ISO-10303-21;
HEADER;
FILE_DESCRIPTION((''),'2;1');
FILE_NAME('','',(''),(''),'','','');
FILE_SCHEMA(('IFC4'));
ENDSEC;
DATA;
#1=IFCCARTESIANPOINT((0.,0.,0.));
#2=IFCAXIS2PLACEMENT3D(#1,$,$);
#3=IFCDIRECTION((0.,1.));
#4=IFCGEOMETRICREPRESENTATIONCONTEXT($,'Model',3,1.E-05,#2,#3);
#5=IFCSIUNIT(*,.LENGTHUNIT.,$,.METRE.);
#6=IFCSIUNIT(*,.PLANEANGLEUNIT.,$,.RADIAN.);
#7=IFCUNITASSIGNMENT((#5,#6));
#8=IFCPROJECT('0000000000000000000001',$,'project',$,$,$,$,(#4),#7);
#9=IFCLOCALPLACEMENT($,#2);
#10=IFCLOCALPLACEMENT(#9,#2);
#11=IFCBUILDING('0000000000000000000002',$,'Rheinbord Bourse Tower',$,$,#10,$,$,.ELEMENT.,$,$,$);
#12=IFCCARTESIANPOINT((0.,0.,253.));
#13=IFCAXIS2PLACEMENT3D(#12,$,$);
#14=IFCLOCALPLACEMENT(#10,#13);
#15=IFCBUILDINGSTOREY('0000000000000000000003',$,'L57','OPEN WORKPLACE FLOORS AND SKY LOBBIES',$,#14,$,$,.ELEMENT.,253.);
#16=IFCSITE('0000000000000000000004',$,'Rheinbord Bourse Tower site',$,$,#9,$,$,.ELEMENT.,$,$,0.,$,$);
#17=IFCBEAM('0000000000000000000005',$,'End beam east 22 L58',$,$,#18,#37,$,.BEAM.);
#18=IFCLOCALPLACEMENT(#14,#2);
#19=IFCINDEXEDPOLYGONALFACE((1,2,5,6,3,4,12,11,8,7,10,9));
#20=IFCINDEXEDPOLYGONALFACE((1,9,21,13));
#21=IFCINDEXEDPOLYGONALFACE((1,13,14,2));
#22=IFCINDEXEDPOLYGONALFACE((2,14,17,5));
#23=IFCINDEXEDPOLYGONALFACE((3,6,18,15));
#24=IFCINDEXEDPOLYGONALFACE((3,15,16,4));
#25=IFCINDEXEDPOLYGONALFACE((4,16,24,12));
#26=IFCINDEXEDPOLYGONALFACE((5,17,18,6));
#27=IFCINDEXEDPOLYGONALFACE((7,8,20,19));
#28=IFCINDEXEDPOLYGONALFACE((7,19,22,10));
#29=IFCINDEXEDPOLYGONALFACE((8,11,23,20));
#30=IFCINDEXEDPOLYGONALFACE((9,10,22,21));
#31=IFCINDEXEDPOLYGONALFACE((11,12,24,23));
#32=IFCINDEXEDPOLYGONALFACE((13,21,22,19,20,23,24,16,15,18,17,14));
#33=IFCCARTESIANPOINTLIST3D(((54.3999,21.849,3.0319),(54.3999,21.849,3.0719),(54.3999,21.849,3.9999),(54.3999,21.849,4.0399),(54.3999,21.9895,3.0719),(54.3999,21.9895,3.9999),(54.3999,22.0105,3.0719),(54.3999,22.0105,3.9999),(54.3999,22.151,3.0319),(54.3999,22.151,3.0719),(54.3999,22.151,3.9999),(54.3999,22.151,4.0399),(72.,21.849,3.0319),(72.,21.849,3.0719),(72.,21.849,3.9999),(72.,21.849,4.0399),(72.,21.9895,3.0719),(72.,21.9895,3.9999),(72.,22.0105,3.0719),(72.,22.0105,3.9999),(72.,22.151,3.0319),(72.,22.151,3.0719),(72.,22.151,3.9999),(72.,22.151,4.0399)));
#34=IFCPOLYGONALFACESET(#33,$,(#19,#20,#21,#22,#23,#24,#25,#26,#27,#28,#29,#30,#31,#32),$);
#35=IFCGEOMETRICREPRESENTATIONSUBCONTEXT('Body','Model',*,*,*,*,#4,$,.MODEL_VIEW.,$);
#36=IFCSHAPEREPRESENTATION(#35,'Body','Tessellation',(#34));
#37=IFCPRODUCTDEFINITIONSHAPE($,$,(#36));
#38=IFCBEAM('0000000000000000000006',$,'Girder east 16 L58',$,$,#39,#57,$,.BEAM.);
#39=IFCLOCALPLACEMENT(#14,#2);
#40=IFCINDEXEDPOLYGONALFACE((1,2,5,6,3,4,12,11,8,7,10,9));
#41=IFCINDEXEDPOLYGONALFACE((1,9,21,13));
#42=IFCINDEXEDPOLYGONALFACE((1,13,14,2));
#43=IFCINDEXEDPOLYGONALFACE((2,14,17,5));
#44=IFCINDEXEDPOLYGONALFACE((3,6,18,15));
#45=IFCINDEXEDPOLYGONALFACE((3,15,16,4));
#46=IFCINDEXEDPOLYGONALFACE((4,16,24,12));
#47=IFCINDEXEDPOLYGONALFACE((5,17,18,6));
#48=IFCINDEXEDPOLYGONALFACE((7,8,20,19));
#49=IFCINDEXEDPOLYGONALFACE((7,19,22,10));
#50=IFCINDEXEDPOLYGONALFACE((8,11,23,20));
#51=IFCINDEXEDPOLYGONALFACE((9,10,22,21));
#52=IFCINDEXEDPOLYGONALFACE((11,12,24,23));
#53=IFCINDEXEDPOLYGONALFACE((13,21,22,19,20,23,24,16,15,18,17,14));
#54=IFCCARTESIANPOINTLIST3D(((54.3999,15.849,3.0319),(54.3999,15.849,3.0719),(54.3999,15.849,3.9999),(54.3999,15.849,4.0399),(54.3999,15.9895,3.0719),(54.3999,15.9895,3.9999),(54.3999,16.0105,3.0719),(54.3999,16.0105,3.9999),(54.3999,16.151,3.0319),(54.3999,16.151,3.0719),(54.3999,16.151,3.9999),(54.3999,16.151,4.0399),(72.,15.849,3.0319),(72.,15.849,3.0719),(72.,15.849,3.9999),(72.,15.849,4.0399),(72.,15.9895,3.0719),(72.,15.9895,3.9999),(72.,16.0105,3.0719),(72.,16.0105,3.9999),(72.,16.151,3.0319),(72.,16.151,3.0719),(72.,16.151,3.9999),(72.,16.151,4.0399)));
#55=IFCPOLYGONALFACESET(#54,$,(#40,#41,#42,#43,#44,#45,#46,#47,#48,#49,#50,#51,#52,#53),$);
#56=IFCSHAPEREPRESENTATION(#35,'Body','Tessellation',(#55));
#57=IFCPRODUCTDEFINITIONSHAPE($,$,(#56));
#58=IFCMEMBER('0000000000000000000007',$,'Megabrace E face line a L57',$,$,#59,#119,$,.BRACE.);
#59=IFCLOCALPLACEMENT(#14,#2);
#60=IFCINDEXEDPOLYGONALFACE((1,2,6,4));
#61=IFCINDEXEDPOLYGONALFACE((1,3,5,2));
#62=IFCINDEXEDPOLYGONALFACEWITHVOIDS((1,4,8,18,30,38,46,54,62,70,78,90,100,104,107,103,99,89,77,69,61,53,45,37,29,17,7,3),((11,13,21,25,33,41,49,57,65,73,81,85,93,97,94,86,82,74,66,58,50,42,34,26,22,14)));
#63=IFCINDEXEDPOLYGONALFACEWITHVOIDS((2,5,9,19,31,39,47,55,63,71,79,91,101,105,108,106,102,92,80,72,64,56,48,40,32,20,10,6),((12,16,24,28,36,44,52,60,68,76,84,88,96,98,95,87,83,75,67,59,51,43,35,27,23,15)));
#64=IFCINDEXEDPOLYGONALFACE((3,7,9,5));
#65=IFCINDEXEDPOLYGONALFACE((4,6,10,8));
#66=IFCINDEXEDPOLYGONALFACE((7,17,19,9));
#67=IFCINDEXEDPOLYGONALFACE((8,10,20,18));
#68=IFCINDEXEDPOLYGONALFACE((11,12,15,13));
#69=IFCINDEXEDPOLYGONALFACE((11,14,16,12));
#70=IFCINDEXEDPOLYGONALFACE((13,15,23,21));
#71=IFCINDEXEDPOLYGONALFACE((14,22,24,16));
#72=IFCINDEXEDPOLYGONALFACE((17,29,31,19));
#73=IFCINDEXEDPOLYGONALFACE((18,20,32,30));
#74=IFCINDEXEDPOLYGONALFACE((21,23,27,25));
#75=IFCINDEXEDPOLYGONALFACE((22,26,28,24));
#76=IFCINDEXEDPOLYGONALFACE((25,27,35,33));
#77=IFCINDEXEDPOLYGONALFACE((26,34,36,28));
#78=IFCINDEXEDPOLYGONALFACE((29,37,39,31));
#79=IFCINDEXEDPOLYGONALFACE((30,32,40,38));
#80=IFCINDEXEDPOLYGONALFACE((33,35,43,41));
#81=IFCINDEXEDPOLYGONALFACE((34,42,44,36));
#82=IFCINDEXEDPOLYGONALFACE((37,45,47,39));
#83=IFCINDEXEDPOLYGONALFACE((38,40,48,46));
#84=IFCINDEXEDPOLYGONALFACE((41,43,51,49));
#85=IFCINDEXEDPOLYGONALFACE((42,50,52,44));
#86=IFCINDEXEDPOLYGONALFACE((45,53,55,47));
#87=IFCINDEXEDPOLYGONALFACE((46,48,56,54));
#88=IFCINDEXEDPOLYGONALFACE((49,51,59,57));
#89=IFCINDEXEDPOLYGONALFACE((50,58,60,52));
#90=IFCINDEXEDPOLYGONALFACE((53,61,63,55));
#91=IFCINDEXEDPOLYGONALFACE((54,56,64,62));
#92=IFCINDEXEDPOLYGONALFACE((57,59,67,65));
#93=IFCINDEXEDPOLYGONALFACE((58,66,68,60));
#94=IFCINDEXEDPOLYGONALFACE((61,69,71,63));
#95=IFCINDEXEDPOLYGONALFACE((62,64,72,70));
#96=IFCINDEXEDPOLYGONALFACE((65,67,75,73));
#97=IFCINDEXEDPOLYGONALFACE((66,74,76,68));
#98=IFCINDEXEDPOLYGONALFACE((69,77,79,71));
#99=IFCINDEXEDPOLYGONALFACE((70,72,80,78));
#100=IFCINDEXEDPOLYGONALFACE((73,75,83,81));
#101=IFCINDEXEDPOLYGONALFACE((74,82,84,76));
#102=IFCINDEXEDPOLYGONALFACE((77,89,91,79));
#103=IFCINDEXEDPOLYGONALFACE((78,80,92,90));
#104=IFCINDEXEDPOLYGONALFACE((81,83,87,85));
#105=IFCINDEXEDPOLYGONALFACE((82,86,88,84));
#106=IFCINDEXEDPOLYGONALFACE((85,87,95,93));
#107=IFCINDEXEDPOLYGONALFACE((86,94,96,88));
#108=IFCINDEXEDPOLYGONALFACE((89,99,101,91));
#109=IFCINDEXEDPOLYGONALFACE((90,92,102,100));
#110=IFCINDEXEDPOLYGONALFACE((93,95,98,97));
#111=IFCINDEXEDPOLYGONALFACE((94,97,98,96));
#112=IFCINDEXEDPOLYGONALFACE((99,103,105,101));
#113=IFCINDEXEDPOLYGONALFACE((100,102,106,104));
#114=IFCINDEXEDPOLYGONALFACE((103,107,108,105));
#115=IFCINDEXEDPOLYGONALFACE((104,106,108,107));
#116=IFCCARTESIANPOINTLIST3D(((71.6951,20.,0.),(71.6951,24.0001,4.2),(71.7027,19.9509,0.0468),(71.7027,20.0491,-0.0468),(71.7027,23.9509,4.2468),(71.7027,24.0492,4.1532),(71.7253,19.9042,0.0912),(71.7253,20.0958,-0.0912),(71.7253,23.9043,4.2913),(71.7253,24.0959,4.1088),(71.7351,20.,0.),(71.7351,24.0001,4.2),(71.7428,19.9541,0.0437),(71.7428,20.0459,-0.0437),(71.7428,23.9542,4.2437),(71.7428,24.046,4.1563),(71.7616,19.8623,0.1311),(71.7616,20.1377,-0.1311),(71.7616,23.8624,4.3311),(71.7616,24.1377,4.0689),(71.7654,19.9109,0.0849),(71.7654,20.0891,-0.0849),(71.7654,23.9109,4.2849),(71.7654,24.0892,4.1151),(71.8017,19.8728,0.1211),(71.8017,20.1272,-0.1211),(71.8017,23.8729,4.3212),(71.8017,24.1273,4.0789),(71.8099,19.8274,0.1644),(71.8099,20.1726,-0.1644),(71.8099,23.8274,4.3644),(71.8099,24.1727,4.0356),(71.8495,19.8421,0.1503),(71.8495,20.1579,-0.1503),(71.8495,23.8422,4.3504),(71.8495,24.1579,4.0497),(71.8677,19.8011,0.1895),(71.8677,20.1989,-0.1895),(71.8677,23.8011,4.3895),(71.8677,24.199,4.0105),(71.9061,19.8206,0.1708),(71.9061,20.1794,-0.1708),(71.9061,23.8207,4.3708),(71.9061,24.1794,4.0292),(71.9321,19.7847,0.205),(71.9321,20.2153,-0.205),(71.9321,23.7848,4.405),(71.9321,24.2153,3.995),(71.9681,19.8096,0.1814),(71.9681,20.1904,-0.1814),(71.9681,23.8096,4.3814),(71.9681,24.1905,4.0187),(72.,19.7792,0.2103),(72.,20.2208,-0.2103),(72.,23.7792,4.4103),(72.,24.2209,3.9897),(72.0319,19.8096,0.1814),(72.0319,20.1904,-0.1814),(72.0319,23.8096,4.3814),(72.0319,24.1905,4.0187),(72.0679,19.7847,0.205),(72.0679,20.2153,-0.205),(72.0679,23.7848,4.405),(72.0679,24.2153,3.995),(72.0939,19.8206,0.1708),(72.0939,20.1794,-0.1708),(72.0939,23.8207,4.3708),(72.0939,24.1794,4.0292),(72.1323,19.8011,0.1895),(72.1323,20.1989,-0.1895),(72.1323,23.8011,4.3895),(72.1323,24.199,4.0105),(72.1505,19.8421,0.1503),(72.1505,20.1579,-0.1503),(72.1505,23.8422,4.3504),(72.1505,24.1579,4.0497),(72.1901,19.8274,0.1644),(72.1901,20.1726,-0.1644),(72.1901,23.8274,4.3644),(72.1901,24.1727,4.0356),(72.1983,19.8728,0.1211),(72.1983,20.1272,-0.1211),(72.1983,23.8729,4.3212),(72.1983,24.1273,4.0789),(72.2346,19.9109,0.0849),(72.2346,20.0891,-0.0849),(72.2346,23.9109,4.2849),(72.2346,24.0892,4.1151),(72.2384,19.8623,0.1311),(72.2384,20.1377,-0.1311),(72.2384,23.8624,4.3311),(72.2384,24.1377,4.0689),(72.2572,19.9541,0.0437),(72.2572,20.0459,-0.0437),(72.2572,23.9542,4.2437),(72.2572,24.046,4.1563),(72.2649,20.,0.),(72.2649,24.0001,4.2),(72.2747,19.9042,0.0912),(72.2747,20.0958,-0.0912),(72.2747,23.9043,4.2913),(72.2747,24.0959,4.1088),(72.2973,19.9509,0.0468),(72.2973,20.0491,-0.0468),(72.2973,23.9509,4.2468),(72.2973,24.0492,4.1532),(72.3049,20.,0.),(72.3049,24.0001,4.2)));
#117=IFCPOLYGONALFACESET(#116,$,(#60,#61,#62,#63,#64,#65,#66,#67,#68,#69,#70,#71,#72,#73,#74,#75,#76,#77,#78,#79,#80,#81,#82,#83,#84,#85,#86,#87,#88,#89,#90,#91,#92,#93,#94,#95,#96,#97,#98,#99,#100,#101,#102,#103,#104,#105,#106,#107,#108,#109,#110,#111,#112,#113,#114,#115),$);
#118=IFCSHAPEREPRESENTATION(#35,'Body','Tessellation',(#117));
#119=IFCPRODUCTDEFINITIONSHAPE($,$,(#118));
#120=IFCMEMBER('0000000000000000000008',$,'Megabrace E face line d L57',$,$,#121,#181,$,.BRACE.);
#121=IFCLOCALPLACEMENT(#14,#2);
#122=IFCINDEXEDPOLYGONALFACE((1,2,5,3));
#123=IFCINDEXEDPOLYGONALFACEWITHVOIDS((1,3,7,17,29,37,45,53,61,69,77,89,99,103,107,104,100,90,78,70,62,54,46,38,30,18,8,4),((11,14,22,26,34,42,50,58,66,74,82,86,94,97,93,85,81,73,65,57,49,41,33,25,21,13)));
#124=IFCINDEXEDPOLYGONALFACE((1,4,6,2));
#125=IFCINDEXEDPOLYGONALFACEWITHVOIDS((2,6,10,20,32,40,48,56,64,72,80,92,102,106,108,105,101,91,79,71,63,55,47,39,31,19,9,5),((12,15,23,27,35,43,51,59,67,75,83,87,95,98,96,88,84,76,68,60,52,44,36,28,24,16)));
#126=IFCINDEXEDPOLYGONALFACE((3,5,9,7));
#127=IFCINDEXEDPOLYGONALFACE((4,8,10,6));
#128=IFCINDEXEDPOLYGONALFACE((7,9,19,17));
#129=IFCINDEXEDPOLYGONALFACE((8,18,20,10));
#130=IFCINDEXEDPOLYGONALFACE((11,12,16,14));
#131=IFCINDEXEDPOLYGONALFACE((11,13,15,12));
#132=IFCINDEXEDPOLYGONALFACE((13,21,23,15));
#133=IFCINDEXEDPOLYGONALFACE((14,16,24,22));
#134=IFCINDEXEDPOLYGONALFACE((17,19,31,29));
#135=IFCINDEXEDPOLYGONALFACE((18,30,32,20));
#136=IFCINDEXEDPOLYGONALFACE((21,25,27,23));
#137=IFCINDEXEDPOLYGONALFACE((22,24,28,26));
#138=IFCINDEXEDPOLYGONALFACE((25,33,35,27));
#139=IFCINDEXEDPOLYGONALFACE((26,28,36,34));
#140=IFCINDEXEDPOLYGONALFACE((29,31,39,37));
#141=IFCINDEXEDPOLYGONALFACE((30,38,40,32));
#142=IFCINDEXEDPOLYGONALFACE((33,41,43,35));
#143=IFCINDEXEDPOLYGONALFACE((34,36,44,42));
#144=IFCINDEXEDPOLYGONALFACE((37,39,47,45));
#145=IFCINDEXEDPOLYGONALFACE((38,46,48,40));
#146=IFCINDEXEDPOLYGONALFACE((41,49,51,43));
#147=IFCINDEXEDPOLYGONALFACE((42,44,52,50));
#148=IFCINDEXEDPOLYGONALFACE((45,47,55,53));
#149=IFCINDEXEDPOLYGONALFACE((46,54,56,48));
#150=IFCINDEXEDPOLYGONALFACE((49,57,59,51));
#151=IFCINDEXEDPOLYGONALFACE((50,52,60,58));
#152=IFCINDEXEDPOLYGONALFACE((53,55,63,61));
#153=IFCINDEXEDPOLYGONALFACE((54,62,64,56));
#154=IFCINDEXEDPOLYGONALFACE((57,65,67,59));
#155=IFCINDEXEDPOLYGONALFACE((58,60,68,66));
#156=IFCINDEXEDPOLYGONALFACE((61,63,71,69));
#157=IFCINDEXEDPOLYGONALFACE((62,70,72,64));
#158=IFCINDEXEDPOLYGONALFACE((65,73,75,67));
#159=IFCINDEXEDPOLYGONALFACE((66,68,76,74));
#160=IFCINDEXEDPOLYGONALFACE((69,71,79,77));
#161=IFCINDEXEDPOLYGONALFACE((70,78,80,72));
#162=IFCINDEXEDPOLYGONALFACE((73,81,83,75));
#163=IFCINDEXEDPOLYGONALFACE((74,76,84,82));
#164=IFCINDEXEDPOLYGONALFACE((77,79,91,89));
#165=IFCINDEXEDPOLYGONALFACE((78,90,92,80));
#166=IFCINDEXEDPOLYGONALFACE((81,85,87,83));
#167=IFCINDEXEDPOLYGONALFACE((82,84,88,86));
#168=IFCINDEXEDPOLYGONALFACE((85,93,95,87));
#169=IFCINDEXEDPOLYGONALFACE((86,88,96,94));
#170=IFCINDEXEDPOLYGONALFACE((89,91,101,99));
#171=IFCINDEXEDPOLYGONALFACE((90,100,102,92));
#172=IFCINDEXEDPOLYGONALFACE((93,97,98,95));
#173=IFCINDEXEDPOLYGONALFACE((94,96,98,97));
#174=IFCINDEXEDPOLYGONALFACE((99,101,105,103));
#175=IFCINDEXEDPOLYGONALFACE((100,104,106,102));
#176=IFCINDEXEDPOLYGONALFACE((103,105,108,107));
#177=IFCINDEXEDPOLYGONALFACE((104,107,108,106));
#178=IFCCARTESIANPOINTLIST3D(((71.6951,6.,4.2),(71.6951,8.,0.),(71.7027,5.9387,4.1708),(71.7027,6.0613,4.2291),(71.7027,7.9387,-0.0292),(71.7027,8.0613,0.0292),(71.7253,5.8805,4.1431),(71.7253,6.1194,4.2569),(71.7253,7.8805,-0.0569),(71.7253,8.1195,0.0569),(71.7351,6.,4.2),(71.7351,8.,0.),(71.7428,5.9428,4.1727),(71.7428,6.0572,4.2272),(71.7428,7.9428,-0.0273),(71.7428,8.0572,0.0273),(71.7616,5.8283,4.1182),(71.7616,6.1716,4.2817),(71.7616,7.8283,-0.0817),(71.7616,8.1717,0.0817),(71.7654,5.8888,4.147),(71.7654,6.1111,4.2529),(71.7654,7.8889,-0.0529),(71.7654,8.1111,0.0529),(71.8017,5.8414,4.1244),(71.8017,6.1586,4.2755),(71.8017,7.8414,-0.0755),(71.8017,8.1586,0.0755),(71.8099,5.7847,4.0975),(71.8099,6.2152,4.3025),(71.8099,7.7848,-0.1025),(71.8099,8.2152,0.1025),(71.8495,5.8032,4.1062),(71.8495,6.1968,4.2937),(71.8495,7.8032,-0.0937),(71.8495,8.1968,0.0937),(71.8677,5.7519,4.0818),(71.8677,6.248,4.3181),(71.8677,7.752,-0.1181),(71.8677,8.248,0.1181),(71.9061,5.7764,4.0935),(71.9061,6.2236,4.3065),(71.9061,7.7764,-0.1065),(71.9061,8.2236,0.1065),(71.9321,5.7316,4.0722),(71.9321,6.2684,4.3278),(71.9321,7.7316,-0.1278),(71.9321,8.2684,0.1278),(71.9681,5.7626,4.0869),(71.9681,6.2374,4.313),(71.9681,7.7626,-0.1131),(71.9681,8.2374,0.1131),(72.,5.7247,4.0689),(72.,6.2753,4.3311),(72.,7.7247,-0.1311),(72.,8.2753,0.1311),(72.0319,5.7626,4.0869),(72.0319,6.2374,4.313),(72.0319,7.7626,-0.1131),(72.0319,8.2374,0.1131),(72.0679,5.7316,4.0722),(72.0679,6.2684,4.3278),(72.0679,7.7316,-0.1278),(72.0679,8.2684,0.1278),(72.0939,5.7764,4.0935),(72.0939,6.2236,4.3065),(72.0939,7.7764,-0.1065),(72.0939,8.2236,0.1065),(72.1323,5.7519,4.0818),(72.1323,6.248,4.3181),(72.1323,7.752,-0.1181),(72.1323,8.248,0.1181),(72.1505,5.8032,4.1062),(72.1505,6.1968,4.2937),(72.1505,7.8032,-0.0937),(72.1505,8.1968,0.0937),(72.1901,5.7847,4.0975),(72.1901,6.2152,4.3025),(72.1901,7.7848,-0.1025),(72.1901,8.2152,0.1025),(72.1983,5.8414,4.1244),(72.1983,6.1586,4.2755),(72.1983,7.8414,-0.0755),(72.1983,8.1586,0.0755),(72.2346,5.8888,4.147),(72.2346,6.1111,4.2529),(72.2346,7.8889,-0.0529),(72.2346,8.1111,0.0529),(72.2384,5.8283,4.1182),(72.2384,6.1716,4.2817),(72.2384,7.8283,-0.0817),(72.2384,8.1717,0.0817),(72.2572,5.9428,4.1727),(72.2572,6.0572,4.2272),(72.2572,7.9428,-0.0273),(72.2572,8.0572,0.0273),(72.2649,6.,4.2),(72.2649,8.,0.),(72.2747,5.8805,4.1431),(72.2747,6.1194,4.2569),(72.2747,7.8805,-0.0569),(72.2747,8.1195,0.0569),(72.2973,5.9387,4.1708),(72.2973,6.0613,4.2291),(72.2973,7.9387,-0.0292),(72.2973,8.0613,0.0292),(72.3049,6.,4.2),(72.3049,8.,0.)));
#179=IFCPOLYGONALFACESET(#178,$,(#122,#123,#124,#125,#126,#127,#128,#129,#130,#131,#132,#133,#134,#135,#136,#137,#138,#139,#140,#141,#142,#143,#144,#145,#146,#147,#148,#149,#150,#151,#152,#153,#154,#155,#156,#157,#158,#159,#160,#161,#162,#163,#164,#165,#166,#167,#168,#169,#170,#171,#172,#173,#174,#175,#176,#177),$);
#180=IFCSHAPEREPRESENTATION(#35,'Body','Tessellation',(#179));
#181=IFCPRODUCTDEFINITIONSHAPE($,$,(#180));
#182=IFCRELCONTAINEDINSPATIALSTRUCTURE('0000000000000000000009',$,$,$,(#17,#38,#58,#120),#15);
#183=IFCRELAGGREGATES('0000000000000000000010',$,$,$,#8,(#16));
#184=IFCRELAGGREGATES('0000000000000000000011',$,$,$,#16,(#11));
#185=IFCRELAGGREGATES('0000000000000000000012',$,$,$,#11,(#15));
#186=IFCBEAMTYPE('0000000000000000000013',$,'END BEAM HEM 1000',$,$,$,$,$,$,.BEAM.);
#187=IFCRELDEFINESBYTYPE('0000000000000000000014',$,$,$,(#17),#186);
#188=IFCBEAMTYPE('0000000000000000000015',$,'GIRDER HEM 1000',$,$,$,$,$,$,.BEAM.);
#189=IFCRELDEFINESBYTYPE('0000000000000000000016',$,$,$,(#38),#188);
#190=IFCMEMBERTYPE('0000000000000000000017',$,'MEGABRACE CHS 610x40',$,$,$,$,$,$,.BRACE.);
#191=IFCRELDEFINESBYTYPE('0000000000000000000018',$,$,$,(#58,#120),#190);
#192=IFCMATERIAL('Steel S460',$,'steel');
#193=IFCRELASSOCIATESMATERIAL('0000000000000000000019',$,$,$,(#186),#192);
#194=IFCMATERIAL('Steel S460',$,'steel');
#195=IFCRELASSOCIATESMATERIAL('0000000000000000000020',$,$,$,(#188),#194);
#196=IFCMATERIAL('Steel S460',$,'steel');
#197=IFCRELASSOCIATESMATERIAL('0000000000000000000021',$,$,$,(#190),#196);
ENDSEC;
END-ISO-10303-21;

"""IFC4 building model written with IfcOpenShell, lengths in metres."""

from ifc_helpers import new_model, si_unit, direction, frame, origin, origin_2d, place, context, subcontext, project, spatial, hollow_circle, i_section, extrude, material, material_profile, profile_set, type_object, element, save


model = new_model("IFC4")

# Units and contexts
model_context = context("Model", 3, precision=1e-05, world=origin(), true_north=direction((0.0, 1.0)))
body_context = subcontext(model_context, "Body", "Model", "MODEL_VIEW")
ifc_project = project(units=[si_unit("LENGTHUNIT", "METRE"), si_unit("PLANEANGLEUNIT", "RADIAN")], contexts=[model_context])

# Site, building, storey
site_placement = place(None, origin())
site = spatial("IfcSite", under=ifc_project, at=site_placement, Name="Rheinbord Bourse Tower site", CompositionType="ELEMENT", RefElevation=0.0)
building_placement = place(site_placement, origin())
building = spatial("IfcBuilding", under=site, at=building_placement, Name="Rheinbord Bourse Tower", CompositionType="ELEMENT")
storey_placement = place(building_placement, frame((0.0, 0.0, 253.0)))
storey = spatial("IfcBuildingStorey", under=building, at=storey_placement, Name="L57", Description="OPEN WORKPLACE FLOORS AND SKY LOBBIES", CompositionType="ELEMENT", Elevation=253.0)

# Beams
ifc_material_1 = material(Name="Steel S460", Category="steel")
ifc_material_profile_1 = material_profile(ifc_material_1, i_section(OverallWidth=0.302, OverallDepth=1.0081, WebThickness=0.021, FlangeThickness=0.04, at=origin_2d()), Name="HEM 1000")
ifc_profile_set_1 = profile_set([ifc_material_profile_1], Name="Steel S460")
beam_type_1 = type_object("IfcBeamType", Name="END BEAM HEM 1000", PredefinedType="BEAM", material=ifc_profile_set_1)
for number, where, z_axis, x_axis, name in (
    (1, (54.3999, 22.0, 3.5359), (1.0, 0.0, 0.0), (0.0, 1.0, 0.0), "End beam east 22 L58"),
):
    element("IfcBeam", number, at=place(storey_placement, frame(where, z_axis=z_axis, x_axis=x_axis)), inside=storey, type_object=beam_type_1, Name=name, PredefinedType="BEAM", context=body_context, shape_type="SweptSolid", body=[
        extrude(i_section(OverallWidth=0.302, OverallDepth=1.0081, WebThickness=0.021, FlangeThickness=0.04, at=origin_2d()), origin(), (0.0, 0.0, 1.0), 17.6001),
    ])
ifc_material_2 = material(Name="Steel S460", Category="steel")
ifc_material_profile_2 = material_profile(ifc_material_2, i_section(OverallWidth=0.302, OverallDepth=1.0081, WebThickness=0.021, FlangeThickness=0.04, at=origin_2d()), Name="HEM 1000")
ifc_profile_set_2 = profile_set([ifc_material_profile_2], Name="Steel S460")
beam_type_2 = type_object("IfcBeamType", Name="GIRDER HEM 1000", PredefinedType="BEAM", material=ifc_profile_set_2)
beam_1_placement = place(storey_placement, frame((54.3999, 16.0, 3.5359), z_axis=(1.0, 0.0, 0.0), x_axis=(0.0, 1.0, 0.0)))
element("IfcBeam", 2, at=beam_1_placement, inside=storey, type_object=beam_type_2, Name="Girder east 16 L58", PredefinedType="BEAM", context=body_context, shape_type="SweptSolid", body=[
    extrude(i_section(OverallWidth=0.302, OverallDepth=1.0081, WebThickness=0.021, FlangeThickness=0.04, at=origin_2d()), origin(), (0.0, 0.0, 1.0), 17.6001),
])

# Members
ifc_material_3 = material(Name="Steel S460", Category="steel")
ifc_material_profile_3 = material_profile(ifc_material_3, hollow_circle(Radius=0.3049, WallThickness=0.04, at=origin_2d()), Name="CHS 610x40")
ifc_profile_set_3 = profile_set([ifc_material_profile_3], Name="Steel S460")
member_type_1 = type_object("IfcMemberType", Name="MEGABRACE CHS 610x40", PredefinedType="BRACE", material=ifc_profile_set_3)
member_1_placement = place(storey_placement, frame((72.0, 20.0, 0.0), z_axis=(0.0, 0.689659, 0.724134), x_axis=(-1.0, 0.0, 0.0)))
element("IfcMember", 3, at=member_1_placement, inside=storey, type_object=member_type_1, Name="Megabrace E face line a L57", PredefinedType="BRACE", context=body_context, shape_type="SweptSolid", body=[
    extrude(hollow_circle(Radius=0.3049, WallThickness=0.04, at=origin_2d()), origin(), (0.0, 0.0, 1.0), 5.8),
])
member_2_placement = place(storey_placement, frame((72.0, 8.0, 0.0), z_axis=(0.0, -0.429938, 0.902859), x_axis=(1.0, 0.0, 0.0)))
element("IfcMember", 4, at=member_2_placement, inside=storey, type_object=member_type_1, Name="Megabrace E face line d L57", PredefinedType="BRACE", context=body_context, shape_type="SweptSolid", body=[
    extrude(hollow_circle(Radius=0.3049, WallThickness=0.04, at=origin_2d()), origin(), (0.0, 0.0, 1.0), 4.6519),
])

save(model, "model.ifc")
